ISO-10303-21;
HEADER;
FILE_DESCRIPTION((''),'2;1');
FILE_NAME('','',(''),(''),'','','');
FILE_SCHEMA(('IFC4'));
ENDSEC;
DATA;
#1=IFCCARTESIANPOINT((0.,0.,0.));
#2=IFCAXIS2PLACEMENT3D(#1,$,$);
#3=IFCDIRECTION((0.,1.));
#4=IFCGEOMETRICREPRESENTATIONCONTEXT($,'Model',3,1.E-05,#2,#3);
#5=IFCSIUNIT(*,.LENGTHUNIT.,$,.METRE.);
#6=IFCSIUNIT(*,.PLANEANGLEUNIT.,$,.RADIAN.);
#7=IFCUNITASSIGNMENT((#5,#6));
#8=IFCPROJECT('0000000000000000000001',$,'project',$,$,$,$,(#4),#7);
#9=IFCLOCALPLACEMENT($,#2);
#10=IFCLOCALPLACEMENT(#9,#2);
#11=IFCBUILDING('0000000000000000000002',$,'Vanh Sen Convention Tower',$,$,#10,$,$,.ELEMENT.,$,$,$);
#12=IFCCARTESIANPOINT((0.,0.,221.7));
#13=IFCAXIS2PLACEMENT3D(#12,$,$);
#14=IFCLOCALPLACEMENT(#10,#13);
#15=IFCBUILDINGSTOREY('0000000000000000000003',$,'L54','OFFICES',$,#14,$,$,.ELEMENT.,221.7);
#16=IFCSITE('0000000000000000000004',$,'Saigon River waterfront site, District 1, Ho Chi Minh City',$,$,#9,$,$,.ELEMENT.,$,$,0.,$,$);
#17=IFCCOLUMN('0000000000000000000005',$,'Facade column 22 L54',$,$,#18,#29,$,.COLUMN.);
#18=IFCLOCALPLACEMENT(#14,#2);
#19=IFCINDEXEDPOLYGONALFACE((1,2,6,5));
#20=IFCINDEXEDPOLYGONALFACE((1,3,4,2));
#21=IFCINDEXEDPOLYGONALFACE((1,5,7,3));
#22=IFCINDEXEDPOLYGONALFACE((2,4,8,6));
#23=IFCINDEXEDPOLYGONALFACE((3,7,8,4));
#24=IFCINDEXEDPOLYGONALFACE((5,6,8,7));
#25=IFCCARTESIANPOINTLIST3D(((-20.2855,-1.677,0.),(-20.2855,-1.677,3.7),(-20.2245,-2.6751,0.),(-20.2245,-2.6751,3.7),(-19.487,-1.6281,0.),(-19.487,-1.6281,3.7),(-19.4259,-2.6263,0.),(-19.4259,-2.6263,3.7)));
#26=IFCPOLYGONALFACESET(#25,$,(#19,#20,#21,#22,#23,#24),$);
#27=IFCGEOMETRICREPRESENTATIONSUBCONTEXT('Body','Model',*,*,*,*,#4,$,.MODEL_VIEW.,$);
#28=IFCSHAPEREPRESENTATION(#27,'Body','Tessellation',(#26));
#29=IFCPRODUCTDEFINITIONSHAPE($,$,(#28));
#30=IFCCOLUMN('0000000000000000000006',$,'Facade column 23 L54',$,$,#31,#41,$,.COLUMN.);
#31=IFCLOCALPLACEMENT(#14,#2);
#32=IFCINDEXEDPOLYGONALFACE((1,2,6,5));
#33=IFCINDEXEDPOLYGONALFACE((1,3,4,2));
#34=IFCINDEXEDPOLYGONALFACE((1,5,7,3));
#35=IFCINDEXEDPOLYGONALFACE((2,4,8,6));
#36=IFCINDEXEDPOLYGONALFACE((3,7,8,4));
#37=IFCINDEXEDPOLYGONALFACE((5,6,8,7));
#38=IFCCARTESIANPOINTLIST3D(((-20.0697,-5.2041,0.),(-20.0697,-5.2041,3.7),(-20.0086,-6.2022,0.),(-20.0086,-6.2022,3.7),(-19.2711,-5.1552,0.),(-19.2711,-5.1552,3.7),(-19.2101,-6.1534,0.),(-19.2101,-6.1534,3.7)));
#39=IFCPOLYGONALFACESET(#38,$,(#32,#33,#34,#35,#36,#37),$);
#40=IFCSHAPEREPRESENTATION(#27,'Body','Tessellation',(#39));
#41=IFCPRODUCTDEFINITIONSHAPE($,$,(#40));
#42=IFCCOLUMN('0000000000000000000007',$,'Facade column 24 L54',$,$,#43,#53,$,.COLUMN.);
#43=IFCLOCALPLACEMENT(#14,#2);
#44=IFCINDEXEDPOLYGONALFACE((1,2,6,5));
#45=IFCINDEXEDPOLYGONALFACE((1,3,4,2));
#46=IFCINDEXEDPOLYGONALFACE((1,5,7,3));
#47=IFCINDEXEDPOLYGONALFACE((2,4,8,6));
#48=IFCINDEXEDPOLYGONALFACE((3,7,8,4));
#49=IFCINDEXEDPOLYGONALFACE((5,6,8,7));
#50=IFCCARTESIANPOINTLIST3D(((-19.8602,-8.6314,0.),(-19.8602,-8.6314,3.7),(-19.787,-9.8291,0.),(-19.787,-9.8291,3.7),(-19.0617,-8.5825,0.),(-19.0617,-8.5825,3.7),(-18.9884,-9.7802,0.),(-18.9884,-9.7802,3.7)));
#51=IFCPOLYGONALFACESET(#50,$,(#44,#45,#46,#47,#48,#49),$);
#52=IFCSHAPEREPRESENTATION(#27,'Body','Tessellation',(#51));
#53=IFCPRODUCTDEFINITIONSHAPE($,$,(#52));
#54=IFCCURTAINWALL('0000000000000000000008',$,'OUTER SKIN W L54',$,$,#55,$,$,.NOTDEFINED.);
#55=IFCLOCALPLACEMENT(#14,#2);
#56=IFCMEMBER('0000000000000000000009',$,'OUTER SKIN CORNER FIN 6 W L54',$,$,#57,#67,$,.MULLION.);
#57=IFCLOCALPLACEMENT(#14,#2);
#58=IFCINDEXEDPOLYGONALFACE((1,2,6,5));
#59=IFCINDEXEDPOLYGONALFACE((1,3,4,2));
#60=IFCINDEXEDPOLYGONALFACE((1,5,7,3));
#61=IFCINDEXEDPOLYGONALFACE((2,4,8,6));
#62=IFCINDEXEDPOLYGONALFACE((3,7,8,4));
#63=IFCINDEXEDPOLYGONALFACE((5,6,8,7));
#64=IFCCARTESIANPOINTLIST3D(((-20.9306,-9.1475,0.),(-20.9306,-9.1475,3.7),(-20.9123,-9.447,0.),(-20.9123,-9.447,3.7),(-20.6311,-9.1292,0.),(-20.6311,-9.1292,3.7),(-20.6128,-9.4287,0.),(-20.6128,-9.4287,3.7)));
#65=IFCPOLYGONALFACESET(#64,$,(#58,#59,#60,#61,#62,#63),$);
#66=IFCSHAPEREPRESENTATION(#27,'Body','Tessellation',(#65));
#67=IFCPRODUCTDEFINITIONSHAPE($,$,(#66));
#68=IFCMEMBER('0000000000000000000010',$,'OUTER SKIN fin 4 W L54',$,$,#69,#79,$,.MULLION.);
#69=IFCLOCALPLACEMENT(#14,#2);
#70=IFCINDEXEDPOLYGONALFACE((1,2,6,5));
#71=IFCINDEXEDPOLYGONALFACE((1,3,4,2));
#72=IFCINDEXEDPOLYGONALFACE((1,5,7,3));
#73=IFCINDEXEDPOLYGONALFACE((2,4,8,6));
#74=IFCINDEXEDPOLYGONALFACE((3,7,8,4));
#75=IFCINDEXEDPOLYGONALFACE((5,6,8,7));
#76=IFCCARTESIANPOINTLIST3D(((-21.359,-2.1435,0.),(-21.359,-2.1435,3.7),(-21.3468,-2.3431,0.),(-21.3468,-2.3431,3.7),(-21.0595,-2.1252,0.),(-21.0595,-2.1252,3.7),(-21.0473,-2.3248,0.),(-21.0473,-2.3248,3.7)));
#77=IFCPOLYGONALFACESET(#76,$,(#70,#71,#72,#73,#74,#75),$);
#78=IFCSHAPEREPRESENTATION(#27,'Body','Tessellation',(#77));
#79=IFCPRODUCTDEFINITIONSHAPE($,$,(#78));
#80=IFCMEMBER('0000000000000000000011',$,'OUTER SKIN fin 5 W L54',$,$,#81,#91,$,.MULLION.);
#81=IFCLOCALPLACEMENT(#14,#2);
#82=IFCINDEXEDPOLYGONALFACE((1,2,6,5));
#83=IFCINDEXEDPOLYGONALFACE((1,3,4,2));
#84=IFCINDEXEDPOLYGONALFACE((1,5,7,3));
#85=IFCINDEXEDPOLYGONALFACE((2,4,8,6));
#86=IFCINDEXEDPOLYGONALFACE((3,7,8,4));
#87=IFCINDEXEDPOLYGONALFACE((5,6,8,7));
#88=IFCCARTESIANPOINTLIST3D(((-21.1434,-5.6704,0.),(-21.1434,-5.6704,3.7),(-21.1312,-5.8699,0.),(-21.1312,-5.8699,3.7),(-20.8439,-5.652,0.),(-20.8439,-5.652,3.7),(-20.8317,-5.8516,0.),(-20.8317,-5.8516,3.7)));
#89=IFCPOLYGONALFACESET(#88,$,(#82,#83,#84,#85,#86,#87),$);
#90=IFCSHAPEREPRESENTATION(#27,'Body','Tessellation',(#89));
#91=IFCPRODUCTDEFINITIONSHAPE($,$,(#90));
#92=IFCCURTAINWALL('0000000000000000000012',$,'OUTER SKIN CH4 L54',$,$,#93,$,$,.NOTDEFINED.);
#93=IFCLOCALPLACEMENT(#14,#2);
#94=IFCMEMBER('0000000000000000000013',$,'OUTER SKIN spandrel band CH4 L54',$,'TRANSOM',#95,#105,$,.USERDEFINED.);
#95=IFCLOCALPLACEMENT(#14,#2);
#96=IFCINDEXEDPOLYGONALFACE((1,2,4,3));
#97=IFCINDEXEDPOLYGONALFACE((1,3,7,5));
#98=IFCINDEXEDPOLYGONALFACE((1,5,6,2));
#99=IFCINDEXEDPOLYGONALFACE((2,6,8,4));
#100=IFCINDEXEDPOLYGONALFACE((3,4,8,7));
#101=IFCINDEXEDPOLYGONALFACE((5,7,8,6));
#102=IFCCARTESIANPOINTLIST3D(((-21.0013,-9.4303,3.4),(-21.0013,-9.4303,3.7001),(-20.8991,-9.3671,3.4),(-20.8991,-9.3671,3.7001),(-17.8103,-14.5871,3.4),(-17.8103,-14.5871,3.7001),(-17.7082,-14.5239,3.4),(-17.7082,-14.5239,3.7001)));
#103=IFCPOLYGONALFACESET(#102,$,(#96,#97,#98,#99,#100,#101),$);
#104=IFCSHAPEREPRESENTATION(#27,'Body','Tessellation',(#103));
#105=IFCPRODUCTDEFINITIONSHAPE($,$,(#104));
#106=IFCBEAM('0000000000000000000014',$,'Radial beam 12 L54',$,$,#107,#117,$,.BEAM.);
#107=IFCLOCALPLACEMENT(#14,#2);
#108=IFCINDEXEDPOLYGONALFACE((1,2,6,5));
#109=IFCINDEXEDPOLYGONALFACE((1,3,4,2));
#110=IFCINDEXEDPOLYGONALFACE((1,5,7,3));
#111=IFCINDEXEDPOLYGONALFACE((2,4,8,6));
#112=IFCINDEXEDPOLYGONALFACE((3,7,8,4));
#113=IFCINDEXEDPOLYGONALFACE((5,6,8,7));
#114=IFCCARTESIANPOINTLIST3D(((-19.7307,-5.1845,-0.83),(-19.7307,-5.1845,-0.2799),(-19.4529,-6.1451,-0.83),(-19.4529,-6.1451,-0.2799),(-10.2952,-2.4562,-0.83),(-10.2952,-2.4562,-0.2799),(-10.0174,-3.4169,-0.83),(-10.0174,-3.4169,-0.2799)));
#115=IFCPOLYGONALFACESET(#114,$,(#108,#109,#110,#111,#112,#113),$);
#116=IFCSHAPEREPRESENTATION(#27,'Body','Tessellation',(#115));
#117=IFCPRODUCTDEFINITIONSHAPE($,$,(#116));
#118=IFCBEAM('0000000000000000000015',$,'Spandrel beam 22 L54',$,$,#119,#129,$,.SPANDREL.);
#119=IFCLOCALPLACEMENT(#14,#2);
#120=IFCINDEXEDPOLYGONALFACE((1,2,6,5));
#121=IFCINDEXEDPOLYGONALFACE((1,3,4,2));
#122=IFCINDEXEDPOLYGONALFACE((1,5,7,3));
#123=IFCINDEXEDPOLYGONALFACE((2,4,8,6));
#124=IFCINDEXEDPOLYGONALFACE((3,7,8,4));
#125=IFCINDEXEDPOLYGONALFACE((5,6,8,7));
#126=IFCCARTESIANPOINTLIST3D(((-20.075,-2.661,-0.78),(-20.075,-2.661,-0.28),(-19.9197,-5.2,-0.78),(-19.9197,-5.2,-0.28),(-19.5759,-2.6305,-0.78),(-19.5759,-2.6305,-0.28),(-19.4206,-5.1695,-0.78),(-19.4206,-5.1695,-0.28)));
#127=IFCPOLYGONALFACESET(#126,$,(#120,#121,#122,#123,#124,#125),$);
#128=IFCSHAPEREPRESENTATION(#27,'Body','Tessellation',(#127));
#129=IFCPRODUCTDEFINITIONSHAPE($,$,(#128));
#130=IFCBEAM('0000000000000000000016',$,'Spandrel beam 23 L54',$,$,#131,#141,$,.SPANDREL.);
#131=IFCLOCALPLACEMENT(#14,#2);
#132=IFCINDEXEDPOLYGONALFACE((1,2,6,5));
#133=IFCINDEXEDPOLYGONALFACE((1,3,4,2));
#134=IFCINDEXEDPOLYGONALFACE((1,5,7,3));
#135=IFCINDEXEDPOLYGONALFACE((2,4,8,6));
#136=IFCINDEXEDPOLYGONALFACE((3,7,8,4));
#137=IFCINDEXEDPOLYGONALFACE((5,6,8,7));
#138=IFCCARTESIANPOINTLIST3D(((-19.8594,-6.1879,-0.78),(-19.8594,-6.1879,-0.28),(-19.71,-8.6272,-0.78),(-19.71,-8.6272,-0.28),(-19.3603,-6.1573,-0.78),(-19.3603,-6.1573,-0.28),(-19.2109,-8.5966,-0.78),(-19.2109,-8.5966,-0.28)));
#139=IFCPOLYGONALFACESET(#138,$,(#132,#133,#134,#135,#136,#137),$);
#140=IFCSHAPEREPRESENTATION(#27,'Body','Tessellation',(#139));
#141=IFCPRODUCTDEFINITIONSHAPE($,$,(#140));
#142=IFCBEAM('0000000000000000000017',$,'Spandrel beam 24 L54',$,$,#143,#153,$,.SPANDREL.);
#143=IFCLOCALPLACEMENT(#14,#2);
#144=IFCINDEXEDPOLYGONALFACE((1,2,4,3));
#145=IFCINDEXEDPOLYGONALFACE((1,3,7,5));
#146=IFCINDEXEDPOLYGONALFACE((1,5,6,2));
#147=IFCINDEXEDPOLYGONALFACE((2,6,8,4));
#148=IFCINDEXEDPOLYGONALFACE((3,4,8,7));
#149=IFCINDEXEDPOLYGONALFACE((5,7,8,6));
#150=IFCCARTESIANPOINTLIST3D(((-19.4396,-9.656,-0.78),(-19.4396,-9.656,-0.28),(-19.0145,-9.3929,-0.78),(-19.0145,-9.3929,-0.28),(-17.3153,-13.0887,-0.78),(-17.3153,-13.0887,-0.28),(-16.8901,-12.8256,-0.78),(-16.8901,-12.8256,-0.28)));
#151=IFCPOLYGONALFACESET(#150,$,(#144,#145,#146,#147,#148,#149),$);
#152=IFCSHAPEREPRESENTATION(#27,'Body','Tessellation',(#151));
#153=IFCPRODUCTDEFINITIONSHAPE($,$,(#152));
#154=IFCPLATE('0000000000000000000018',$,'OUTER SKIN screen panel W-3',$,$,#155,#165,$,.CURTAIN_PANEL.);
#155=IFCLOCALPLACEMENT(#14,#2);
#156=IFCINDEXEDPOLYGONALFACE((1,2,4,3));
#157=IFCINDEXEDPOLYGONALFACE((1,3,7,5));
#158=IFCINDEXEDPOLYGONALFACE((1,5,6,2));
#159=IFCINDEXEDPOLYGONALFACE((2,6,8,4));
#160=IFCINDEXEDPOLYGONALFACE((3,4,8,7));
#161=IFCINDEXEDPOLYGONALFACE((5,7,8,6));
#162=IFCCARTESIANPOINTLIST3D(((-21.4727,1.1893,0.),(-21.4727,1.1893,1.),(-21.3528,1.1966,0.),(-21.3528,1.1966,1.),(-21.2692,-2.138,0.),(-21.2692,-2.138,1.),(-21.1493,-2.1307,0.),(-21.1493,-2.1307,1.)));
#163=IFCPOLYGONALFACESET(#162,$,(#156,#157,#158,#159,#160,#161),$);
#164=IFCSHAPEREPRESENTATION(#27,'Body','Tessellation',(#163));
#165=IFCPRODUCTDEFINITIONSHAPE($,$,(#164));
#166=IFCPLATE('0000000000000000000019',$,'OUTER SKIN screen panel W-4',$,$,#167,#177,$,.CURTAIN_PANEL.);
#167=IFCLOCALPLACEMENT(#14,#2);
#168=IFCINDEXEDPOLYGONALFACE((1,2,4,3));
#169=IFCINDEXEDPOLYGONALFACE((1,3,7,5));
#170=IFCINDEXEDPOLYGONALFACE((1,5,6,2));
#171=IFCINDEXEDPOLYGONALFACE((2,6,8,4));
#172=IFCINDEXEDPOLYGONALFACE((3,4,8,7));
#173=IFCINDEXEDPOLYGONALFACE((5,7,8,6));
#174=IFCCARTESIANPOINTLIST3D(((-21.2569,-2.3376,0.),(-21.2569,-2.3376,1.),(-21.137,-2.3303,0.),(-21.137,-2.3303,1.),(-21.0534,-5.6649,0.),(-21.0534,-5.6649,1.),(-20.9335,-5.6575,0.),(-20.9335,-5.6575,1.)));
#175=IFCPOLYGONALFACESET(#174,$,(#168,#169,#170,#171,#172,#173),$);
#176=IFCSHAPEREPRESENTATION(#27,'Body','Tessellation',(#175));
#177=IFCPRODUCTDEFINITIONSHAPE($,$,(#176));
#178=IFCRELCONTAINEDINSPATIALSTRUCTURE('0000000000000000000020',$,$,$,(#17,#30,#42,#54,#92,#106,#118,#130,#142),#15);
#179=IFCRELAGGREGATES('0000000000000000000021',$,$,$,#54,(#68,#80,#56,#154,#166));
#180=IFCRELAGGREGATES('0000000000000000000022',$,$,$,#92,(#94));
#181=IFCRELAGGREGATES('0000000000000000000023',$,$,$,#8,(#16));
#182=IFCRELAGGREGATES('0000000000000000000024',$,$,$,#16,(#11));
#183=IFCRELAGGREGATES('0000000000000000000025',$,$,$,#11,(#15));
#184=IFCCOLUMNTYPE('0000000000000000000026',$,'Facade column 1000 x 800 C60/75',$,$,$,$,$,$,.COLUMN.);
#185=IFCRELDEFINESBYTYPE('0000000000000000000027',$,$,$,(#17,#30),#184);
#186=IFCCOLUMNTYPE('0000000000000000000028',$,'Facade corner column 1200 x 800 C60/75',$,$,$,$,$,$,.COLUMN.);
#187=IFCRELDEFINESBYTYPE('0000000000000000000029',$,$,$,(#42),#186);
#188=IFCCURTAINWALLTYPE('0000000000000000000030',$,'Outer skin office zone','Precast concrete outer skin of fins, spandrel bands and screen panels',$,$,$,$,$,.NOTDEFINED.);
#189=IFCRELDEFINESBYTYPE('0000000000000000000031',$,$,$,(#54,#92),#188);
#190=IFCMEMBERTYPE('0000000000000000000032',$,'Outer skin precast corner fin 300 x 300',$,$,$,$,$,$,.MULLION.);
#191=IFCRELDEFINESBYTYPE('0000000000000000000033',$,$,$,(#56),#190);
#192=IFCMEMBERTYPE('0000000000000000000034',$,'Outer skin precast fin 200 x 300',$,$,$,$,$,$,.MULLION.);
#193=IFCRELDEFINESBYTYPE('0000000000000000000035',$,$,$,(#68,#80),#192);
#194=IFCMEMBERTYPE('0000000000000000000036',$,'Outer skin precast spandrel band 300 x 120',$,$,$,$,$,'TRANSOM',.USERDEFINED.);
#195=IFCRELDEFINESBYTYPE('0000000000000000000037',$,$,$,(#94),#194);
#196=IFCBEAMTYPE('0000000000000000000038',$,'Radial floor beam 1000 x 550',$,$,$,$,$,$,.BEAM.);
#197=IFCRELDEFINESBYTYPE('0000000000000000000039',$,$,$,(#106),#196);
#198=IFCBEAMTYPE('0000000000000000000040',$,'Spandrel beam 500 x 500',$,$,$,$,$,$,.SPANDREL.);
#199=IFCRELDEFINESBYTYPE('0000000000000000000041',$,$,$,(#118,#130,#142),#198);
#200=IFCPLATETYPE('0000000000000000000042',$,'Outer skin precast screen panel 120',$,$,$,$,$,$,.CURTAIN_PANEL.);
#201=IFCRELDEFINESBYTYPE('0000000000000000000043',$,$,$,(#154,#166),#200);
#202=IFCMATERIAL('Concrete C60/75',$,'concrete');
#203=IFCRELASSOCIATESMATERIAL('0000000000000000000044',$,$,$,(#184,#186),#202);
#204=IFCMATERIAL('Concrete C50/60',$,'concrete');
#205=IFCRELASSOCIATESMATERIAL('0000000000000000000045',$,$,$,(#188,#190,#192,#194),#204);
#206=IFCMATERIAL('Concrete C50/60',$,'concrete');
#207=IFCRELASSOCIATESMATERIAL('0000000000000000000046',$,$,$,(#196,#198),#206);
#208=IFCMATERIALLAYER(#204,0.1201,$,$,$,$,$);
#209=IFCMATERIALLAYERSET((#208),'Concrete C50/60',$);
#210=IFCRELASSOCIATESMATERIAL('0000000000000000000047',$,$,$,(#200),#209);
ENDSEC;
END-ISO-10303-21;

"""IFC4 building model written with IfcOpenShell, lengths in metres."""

from ifc_helpers import new_model, si_unit, direction, frame, origin, origin_2d, place, context, subcontext, project, spatial, rectangle, extrude, material, layer, layer_set, material_profile, profile_set, type_object, element, aggregate, save


model = new_model("IFC4")

# Units and contexts
model_context = context("Model", 3, precision=1e-05, world=origin(), true_north=direction((0.0, 1.0)))
body_context = subcontext(model_context, "Body", "Model", "MODEL_VIEW")
ifc_project = project(units=[si_unit("LENGTHUNIT", "METRE"), si_unit("PLANEANGLEUNIT", "RADIAN")], contexts=[model_context])

# Site, building, storey
site_placement = place(None, origin())
site = spatial("IfcSite", under=ifc_project, at=site_placement, Name="Saigon River waterfront site, District 1, Ho Chi Minh City", CompositionType="ELEMENT", RefElevation=0.0)
building_placement = place(site_placement, origin())
building = spatial("IfcBuilding", under=site, at=building_placement, Name="Vanh Sen Convention Tower", CompositionType="ELEMENT")
storey_placement = place(building_placement, frame((0.0, 0.0, 221.7)))
storey = spatial("IfcBuildingStorey", under=building, at=storey_placement, Name="L54", Description="OFFICES", CompositionType="ELEMENT", Elevation=221.7)

# Columns
ifc_material_1 = material(Name="Concrete C60/75", Category="concrete")
ifc_material_profile_1 = material_profile(ifc_material_1, rectangle(XDim=1.0, YDim=0.8, at=origin_2d()), Name="RC 1000X800")
ifc_profile_set_1 = profile_set([ifc_material_profile_1], Name="Concrete C60/75")
column_type_1 = type_object("IfcColumnType", Name="Facade column 1000 x 800 C60/75", PredefinedType="COLUMN", material=ifc_profile_set_1)
for number, where, z_axis, x_axis, name in (
    (1, (-19.8557, -2.1516, 0.0), (0.0, 0.0, 1.0), (0.061049, -0.998135, 0.0), "Facade column 22 L54"),
    (2, (-19.6399, -5.6787, 0.0), (0.0, 0.0, 1.0), (0.061049, -0.998135, 0.0), "Facade column 23 L54"),
):
    element("IfcColumn", number, at=place(storey_placement, frame(where, z_axis=z_axis, x_axis=x_axis)), inside=storey, type_object=column_type_1, Name=name, PredefinedType="COLUMN", context=body_context, shape_type="SweptSolid", body=[
        extrude(rectangle(XDim=1.0, YDim=0.8, at=origin_2d()), origin(), (0.0, 0.0, 1.0), 3.7),
    ])
ifc_material_profile_2 = material_profile(ifc_material_1, rectangle(XDim=1.2, YDim=0.8, at=origin_2d()), Name="RC 1200X800")
ifc_profile_set_2 = profile_set([ifc_material_profile_2], Name="Concrete C60/75")
column_type_2 = type_object("IfcColumnType", Name="Facade corner column 1200 x 800 C60/75", PredefinedType="COLUMN", material=ifc_profile_set_2)
column_placement = place(storey_placement, frame((-19.4243, -9.2058, 0.0), z_axis=(0.0, 0.0, 1.0), x_axis=(0.061049, -0.998135, 0.0)))
element("IfcColumn", 3, at=column_placement, inside=storey, type_object=column_type_2, Name="Facade column 24 L54", PredefinedType="COLUMN", context=body_context, shape_type="SweptSolid", body=[
    extrude(rectangle(XDim=1.2, YDim=0.8, at=origin_2d()), origin(), (0.0, 0.0, 1.0), 3.7),
])

# Curtain wall, members
ifc_material_2 = material(Name="Concrete C50/60", Category="concrete")
curtain_wall_type = type_object("IfcCurtainWallType", Name="Outer skin office zone", Description="Precast concrete outer skin of fins, spandrel bands and screen panels", PredefinedType="NOTDEFINED", material=ifc_material_2)
curtain_wall_1_placement = place(storey_placement, origin())
curtain_wall_1 = element("IfcCurtainWall", 4, at=curtain_wall_1_placement, inside=storey, type_object=curtain_wall_type, Name="OUTER SKIN W L54", PredefinedType="NOTDEFINED")
ifc_material_profile_3 = material_profile(ifc_material_2, rectangle(XDim=0.3, YDim=0.3, at=origin_2d()), Name="Outer skin precast corner fin 300 x 300")
ifc_profile_set_3 = profile_set([ifc_material_profile_3], Name="Concrete C50/60")
member_type_1 = type_object("IfcMemberType", Name="Outer skin precast corner fin 300 x 300", PredefinedType="MULLION", material=ifc_profile_set_3)
member_1_placement = place(storey_placement, frame((-20.7717, -9.2881, 0.0), z_axis=(0.0, 0.0, 1.0), x_axis=(0.061049, -0.998135, 0.0)))
member_1 = element("IfcMember", 5, at=member_1_placement, type_object=member_type_1, Name="OUTER SKIN CORNER FIN 6 W L54", PredefinedType="MULLION", context=body_context, shape_type="SweptSolid", body=[
    extrude(rectangle(XDim=0.3, YDim=0.3, at=origin_2d()), origin(), (0.0, 0.0, 1.0), 3.7),
])
ifc_material_profile_4 = material_profile(ifc_material_2, rectangle(XDim=0.2, YDim=0.3, at=origin_2d()), Name="Outer skin precast fin 200 x 300")
ifc_profile_set_4 = profile_set([ifc_material_profile_4], Name="Concrete C50/60")
member_type_2 = type_object("IfcMemberType", Name="Outer skin precast fin 200 x 300", PredefinedType="MULLION", material=ifc_profile_set_4)
member_2_placement = place(storey_placement, frame((-21.2031, -2.2341, 0.0), z_axis=(0.0, 0.0, 1.0), x_axis=(0.061049, -0.998135, 0.0)))
member_2 = element("IfcMember", 6, at=member_2_placement, type_object=member_type_2, Name="OUTER SKIN fin 4 W L54", PredefinedType="MULLION", context=body_context, shape_type="SweptSolid", body=[
    extrude(rectangle(XDim=0.2, YDim=0.3, at=origin_2d()), origin(), (0.0, 0.0, 1.0), 3.7),
])
member_3_placement = place(storey_placement, frame((-20.9875, -5.761, 0.0), z_axis=(0.0, 0.0, 1.0), x_axis=(0.061049, -0.998135, 0.0)))
member_3 = element("IfcMember", 7, at=member_3_placement, type_object=member_type_2, Name="OUTER SKIN fin 5 W L54", PredefinedType="MULLION", context=body_context, shape_type="SweptSolid", body=[
    extrude(rectangle(XDim=0.2, YDim=0.3, at=origin_2d()), origin(), (0.0, 0.0, 1.0), 3.7),
])

# Curtain wall, member
curtain_wall_2_placement = place(storey_placement, origin())
curtain_wall_2 = element("IfcCurtainWall", 8, at=curtain_wall_2_placement, inside=storey, type_object=curtain_wall_type, Name="OUTER SKIN CH4 L54", PredefinedType="NOTDEFINED")
ifc_material_profile_5 = material_profile(ifc_material_2, rectangle(XDim=0.1201, YDim=0.3, at=origin_2d()), Name="Outer skin precast spandrel band 300 x 120")
ifc_profile_set_5 = profile_set([ifc_material_profile_5], Name="Concrete C50/60")
member_type_3 = type_object("IfcMemberType", Name="Outer skin precast spandrel band 300 x 120", ElementType="TRANSOM", PredefinedType="USERDEFINED", material=ifc_profile_set_5)
member_4_placement = place(storey_placement, frame((-20.9502, -9.3987, 3.55), z_axis=(0.526194, -0.850365, 0.0), x_axis=(0.850365, 0.526194, 0.0)))
member_4 = element("IfcMember", 9, at=member_4_placement, type_object=member_type_3, Name="OUTER SKIN spandrel band CH4 L54", ObjectType="TRANSOM", PredefinedType="USERDEFINED", context=body_context, shape_type="SweptSolid", body=[
    extrude(rectangle(XDim=0.1201, YDim=0.3, at=origin_2d()), origin(), (0.0, 0.0, 1.0), 6.0642),
])

# Beams
ifc_material_3 = material(Name="Concrete C50/60", Category="concrete")
ifc_material_profile_6 = material_profile(ifc_material_3, rectangle(XDim=1.0, YDim=0.55, at=origin_2d()), Name="RC 1000X550")
ifc_profile_set_6 = profile_set([ifc_material_profile_6], Name="Concrete C50/60")
beam_type_1 = type_object("IfcBeamType", Name="Radial floor beam 1000 x 550", PredefinedType="BEAM", material=ifc_profile_set_6)
beam_1_placement = place(storey_placement, frame((-19.5918, -5.6648, -0.5549), z_axis=(0.960648, 0.27777, 0.0), x_axis=(-0.27777, 0.960648, 0.0)))
element("IfcBeam", 10, at=beam_1_placement, inside=storey, type_object=beam_type_1, Name="Radial beam 12 L54", PredefinedType="BEAM", context=body_context, shape_type="SweptSolid", body=[
    extrude(rectangle(XDim=1.0, YDim=0.55, at=origin_2d()), origin(), (0.0, 0.0, 1.0), 9.822),
])
ifc_material_profile_7 = material_profile(ifc_material_3, rectangle(XDim=0.5, YDim=0.5, at=origin_2d()), Name="RC 500X500")
ifc_profile_set_7 = profile_set([ifc_material_profile_7], Name="Concrete C50/60")
beam_type_2 = type_object("IfcBeamType", Name="Spandrel beam 500 x 500", PredefinedType="SPANDREL", material=ifc_profile_set_7)
beam_2_placement = place(storey_placement, frame((-19.8254, -2.6458, -0.53), z_axis=(0.06104, -0.998135, 0.0), x_axis=(0.998135, 0.06104, 0.0)))
element("IfcBeam", 11, at=beam_2_placement, inside=storey, type_object=beam_type_2, Name="Spandrel beam 22 L54", PredefinedType="SPANDREL", context=body_context, shape_type="SweptSolid", body=[
    extrude(rectangle(XDim=0.5, YDim=0.5, at=origin_2d()), origin(), (0.0, 0.0, 1.0), 2.5437),
])
beam_3_placement = place(storey_placement, frame((-19.6099, -6.1726, -0.53), z_axis=(0.061141, -0.998129, 0.0), x_axis=(0.998129, 0.061141, 0.0)))
element("IfcBeam", 12, at=beam_3_placement, inside=storey, type_object=beam_type_2, Name="Spandrel beam 23 L54", PredefinedType="SPANDREL", context=body_context, shape_type="SweptSolid", body=[
    extrude(rectangle(XDim=0.5, YDim=0.5, at=origin_2d()), origin(), (0.0, 0.0, 1.0), 2.4438),
])
beam_4_placement = place(storey_placement, frame((-19.2271, -9.5244, -0.53), z_axis=(0.526232, -0.850341, 0.0), x_axis=(0.850341, 0.526232, 0.0)))
element("IfcBeam", 13, at=beam_4_placement, inside=storey, type_object=beam_type_2, Name="Spandrel beam 24 L54", PredefinedType="SPANDREL", context=body_context, shape_type="SweptSolid", body=[
    extrude(rectangle(XDim=0.5, YDim=0.5, at=origin_2d()), origin(), (0.0, 0.0, 1.0), 4.0369),
])

# Plates
ifc_layer_1 = layer(ifc_material_2, 0.1201)
ifc_layer_set_1 = layer_set([ifc_layer_1], Name="Concrete C50/60")
plate_type = type_object("IfcPlateType", Name="Outer skin precast screen panel 120", PredefinedType="CURTAIN_PANEL", material=ifc_layer_set_1)
plate_1_placement = place(storey_placement, frame((-21.311, -0.4707, 0.0), z_axis=(0.0, 0.0, 1.0), x_axis=(0.061043, -0.998135, 0.0)))
plate_1 = element("IfcPlate", 14, at=plate_1_placement, type_object=plate_type, Name="OUTER SKIN screen panel W-3", PredefinedType="CURTAIN_PANEL", context=body_context, shape_type="SweptSolid", body=[
    extrude(rectangle(XDim=3.3335, YDim=0.1201, at=origin_2d()), origin(), (0.0, 0.0, 1.0), 1.0),
])
plate_2_placement = place(storey_placement, frame((-21.0952, -3.9976, 0.0), z_axis=(0.0, 0.0, 1.0), x_axis=(0.061043, -0.998135, 0.0)))
plate_2 = element("IfcPlate", 15, at=plate_2_placement, type_object=plate_type, Name="OUTER SKIN screen panel W-4", PredefinedType="CURTAIN_PANEL", context=body_context, shape_type="SweptSolid", body=[
    extrude(rectangle(XDim=3.3335, YDim=0.1201, at=origin_2d()), origin(), (0.0, 0.0, 1.0), 1.0),
])
aggregate(curtain_wall_1, [member_2, member_3, member_1, plate_1, plate_2])
aggregate(curtain_wall_2, [member_4])

save(model, "model.ifc")
